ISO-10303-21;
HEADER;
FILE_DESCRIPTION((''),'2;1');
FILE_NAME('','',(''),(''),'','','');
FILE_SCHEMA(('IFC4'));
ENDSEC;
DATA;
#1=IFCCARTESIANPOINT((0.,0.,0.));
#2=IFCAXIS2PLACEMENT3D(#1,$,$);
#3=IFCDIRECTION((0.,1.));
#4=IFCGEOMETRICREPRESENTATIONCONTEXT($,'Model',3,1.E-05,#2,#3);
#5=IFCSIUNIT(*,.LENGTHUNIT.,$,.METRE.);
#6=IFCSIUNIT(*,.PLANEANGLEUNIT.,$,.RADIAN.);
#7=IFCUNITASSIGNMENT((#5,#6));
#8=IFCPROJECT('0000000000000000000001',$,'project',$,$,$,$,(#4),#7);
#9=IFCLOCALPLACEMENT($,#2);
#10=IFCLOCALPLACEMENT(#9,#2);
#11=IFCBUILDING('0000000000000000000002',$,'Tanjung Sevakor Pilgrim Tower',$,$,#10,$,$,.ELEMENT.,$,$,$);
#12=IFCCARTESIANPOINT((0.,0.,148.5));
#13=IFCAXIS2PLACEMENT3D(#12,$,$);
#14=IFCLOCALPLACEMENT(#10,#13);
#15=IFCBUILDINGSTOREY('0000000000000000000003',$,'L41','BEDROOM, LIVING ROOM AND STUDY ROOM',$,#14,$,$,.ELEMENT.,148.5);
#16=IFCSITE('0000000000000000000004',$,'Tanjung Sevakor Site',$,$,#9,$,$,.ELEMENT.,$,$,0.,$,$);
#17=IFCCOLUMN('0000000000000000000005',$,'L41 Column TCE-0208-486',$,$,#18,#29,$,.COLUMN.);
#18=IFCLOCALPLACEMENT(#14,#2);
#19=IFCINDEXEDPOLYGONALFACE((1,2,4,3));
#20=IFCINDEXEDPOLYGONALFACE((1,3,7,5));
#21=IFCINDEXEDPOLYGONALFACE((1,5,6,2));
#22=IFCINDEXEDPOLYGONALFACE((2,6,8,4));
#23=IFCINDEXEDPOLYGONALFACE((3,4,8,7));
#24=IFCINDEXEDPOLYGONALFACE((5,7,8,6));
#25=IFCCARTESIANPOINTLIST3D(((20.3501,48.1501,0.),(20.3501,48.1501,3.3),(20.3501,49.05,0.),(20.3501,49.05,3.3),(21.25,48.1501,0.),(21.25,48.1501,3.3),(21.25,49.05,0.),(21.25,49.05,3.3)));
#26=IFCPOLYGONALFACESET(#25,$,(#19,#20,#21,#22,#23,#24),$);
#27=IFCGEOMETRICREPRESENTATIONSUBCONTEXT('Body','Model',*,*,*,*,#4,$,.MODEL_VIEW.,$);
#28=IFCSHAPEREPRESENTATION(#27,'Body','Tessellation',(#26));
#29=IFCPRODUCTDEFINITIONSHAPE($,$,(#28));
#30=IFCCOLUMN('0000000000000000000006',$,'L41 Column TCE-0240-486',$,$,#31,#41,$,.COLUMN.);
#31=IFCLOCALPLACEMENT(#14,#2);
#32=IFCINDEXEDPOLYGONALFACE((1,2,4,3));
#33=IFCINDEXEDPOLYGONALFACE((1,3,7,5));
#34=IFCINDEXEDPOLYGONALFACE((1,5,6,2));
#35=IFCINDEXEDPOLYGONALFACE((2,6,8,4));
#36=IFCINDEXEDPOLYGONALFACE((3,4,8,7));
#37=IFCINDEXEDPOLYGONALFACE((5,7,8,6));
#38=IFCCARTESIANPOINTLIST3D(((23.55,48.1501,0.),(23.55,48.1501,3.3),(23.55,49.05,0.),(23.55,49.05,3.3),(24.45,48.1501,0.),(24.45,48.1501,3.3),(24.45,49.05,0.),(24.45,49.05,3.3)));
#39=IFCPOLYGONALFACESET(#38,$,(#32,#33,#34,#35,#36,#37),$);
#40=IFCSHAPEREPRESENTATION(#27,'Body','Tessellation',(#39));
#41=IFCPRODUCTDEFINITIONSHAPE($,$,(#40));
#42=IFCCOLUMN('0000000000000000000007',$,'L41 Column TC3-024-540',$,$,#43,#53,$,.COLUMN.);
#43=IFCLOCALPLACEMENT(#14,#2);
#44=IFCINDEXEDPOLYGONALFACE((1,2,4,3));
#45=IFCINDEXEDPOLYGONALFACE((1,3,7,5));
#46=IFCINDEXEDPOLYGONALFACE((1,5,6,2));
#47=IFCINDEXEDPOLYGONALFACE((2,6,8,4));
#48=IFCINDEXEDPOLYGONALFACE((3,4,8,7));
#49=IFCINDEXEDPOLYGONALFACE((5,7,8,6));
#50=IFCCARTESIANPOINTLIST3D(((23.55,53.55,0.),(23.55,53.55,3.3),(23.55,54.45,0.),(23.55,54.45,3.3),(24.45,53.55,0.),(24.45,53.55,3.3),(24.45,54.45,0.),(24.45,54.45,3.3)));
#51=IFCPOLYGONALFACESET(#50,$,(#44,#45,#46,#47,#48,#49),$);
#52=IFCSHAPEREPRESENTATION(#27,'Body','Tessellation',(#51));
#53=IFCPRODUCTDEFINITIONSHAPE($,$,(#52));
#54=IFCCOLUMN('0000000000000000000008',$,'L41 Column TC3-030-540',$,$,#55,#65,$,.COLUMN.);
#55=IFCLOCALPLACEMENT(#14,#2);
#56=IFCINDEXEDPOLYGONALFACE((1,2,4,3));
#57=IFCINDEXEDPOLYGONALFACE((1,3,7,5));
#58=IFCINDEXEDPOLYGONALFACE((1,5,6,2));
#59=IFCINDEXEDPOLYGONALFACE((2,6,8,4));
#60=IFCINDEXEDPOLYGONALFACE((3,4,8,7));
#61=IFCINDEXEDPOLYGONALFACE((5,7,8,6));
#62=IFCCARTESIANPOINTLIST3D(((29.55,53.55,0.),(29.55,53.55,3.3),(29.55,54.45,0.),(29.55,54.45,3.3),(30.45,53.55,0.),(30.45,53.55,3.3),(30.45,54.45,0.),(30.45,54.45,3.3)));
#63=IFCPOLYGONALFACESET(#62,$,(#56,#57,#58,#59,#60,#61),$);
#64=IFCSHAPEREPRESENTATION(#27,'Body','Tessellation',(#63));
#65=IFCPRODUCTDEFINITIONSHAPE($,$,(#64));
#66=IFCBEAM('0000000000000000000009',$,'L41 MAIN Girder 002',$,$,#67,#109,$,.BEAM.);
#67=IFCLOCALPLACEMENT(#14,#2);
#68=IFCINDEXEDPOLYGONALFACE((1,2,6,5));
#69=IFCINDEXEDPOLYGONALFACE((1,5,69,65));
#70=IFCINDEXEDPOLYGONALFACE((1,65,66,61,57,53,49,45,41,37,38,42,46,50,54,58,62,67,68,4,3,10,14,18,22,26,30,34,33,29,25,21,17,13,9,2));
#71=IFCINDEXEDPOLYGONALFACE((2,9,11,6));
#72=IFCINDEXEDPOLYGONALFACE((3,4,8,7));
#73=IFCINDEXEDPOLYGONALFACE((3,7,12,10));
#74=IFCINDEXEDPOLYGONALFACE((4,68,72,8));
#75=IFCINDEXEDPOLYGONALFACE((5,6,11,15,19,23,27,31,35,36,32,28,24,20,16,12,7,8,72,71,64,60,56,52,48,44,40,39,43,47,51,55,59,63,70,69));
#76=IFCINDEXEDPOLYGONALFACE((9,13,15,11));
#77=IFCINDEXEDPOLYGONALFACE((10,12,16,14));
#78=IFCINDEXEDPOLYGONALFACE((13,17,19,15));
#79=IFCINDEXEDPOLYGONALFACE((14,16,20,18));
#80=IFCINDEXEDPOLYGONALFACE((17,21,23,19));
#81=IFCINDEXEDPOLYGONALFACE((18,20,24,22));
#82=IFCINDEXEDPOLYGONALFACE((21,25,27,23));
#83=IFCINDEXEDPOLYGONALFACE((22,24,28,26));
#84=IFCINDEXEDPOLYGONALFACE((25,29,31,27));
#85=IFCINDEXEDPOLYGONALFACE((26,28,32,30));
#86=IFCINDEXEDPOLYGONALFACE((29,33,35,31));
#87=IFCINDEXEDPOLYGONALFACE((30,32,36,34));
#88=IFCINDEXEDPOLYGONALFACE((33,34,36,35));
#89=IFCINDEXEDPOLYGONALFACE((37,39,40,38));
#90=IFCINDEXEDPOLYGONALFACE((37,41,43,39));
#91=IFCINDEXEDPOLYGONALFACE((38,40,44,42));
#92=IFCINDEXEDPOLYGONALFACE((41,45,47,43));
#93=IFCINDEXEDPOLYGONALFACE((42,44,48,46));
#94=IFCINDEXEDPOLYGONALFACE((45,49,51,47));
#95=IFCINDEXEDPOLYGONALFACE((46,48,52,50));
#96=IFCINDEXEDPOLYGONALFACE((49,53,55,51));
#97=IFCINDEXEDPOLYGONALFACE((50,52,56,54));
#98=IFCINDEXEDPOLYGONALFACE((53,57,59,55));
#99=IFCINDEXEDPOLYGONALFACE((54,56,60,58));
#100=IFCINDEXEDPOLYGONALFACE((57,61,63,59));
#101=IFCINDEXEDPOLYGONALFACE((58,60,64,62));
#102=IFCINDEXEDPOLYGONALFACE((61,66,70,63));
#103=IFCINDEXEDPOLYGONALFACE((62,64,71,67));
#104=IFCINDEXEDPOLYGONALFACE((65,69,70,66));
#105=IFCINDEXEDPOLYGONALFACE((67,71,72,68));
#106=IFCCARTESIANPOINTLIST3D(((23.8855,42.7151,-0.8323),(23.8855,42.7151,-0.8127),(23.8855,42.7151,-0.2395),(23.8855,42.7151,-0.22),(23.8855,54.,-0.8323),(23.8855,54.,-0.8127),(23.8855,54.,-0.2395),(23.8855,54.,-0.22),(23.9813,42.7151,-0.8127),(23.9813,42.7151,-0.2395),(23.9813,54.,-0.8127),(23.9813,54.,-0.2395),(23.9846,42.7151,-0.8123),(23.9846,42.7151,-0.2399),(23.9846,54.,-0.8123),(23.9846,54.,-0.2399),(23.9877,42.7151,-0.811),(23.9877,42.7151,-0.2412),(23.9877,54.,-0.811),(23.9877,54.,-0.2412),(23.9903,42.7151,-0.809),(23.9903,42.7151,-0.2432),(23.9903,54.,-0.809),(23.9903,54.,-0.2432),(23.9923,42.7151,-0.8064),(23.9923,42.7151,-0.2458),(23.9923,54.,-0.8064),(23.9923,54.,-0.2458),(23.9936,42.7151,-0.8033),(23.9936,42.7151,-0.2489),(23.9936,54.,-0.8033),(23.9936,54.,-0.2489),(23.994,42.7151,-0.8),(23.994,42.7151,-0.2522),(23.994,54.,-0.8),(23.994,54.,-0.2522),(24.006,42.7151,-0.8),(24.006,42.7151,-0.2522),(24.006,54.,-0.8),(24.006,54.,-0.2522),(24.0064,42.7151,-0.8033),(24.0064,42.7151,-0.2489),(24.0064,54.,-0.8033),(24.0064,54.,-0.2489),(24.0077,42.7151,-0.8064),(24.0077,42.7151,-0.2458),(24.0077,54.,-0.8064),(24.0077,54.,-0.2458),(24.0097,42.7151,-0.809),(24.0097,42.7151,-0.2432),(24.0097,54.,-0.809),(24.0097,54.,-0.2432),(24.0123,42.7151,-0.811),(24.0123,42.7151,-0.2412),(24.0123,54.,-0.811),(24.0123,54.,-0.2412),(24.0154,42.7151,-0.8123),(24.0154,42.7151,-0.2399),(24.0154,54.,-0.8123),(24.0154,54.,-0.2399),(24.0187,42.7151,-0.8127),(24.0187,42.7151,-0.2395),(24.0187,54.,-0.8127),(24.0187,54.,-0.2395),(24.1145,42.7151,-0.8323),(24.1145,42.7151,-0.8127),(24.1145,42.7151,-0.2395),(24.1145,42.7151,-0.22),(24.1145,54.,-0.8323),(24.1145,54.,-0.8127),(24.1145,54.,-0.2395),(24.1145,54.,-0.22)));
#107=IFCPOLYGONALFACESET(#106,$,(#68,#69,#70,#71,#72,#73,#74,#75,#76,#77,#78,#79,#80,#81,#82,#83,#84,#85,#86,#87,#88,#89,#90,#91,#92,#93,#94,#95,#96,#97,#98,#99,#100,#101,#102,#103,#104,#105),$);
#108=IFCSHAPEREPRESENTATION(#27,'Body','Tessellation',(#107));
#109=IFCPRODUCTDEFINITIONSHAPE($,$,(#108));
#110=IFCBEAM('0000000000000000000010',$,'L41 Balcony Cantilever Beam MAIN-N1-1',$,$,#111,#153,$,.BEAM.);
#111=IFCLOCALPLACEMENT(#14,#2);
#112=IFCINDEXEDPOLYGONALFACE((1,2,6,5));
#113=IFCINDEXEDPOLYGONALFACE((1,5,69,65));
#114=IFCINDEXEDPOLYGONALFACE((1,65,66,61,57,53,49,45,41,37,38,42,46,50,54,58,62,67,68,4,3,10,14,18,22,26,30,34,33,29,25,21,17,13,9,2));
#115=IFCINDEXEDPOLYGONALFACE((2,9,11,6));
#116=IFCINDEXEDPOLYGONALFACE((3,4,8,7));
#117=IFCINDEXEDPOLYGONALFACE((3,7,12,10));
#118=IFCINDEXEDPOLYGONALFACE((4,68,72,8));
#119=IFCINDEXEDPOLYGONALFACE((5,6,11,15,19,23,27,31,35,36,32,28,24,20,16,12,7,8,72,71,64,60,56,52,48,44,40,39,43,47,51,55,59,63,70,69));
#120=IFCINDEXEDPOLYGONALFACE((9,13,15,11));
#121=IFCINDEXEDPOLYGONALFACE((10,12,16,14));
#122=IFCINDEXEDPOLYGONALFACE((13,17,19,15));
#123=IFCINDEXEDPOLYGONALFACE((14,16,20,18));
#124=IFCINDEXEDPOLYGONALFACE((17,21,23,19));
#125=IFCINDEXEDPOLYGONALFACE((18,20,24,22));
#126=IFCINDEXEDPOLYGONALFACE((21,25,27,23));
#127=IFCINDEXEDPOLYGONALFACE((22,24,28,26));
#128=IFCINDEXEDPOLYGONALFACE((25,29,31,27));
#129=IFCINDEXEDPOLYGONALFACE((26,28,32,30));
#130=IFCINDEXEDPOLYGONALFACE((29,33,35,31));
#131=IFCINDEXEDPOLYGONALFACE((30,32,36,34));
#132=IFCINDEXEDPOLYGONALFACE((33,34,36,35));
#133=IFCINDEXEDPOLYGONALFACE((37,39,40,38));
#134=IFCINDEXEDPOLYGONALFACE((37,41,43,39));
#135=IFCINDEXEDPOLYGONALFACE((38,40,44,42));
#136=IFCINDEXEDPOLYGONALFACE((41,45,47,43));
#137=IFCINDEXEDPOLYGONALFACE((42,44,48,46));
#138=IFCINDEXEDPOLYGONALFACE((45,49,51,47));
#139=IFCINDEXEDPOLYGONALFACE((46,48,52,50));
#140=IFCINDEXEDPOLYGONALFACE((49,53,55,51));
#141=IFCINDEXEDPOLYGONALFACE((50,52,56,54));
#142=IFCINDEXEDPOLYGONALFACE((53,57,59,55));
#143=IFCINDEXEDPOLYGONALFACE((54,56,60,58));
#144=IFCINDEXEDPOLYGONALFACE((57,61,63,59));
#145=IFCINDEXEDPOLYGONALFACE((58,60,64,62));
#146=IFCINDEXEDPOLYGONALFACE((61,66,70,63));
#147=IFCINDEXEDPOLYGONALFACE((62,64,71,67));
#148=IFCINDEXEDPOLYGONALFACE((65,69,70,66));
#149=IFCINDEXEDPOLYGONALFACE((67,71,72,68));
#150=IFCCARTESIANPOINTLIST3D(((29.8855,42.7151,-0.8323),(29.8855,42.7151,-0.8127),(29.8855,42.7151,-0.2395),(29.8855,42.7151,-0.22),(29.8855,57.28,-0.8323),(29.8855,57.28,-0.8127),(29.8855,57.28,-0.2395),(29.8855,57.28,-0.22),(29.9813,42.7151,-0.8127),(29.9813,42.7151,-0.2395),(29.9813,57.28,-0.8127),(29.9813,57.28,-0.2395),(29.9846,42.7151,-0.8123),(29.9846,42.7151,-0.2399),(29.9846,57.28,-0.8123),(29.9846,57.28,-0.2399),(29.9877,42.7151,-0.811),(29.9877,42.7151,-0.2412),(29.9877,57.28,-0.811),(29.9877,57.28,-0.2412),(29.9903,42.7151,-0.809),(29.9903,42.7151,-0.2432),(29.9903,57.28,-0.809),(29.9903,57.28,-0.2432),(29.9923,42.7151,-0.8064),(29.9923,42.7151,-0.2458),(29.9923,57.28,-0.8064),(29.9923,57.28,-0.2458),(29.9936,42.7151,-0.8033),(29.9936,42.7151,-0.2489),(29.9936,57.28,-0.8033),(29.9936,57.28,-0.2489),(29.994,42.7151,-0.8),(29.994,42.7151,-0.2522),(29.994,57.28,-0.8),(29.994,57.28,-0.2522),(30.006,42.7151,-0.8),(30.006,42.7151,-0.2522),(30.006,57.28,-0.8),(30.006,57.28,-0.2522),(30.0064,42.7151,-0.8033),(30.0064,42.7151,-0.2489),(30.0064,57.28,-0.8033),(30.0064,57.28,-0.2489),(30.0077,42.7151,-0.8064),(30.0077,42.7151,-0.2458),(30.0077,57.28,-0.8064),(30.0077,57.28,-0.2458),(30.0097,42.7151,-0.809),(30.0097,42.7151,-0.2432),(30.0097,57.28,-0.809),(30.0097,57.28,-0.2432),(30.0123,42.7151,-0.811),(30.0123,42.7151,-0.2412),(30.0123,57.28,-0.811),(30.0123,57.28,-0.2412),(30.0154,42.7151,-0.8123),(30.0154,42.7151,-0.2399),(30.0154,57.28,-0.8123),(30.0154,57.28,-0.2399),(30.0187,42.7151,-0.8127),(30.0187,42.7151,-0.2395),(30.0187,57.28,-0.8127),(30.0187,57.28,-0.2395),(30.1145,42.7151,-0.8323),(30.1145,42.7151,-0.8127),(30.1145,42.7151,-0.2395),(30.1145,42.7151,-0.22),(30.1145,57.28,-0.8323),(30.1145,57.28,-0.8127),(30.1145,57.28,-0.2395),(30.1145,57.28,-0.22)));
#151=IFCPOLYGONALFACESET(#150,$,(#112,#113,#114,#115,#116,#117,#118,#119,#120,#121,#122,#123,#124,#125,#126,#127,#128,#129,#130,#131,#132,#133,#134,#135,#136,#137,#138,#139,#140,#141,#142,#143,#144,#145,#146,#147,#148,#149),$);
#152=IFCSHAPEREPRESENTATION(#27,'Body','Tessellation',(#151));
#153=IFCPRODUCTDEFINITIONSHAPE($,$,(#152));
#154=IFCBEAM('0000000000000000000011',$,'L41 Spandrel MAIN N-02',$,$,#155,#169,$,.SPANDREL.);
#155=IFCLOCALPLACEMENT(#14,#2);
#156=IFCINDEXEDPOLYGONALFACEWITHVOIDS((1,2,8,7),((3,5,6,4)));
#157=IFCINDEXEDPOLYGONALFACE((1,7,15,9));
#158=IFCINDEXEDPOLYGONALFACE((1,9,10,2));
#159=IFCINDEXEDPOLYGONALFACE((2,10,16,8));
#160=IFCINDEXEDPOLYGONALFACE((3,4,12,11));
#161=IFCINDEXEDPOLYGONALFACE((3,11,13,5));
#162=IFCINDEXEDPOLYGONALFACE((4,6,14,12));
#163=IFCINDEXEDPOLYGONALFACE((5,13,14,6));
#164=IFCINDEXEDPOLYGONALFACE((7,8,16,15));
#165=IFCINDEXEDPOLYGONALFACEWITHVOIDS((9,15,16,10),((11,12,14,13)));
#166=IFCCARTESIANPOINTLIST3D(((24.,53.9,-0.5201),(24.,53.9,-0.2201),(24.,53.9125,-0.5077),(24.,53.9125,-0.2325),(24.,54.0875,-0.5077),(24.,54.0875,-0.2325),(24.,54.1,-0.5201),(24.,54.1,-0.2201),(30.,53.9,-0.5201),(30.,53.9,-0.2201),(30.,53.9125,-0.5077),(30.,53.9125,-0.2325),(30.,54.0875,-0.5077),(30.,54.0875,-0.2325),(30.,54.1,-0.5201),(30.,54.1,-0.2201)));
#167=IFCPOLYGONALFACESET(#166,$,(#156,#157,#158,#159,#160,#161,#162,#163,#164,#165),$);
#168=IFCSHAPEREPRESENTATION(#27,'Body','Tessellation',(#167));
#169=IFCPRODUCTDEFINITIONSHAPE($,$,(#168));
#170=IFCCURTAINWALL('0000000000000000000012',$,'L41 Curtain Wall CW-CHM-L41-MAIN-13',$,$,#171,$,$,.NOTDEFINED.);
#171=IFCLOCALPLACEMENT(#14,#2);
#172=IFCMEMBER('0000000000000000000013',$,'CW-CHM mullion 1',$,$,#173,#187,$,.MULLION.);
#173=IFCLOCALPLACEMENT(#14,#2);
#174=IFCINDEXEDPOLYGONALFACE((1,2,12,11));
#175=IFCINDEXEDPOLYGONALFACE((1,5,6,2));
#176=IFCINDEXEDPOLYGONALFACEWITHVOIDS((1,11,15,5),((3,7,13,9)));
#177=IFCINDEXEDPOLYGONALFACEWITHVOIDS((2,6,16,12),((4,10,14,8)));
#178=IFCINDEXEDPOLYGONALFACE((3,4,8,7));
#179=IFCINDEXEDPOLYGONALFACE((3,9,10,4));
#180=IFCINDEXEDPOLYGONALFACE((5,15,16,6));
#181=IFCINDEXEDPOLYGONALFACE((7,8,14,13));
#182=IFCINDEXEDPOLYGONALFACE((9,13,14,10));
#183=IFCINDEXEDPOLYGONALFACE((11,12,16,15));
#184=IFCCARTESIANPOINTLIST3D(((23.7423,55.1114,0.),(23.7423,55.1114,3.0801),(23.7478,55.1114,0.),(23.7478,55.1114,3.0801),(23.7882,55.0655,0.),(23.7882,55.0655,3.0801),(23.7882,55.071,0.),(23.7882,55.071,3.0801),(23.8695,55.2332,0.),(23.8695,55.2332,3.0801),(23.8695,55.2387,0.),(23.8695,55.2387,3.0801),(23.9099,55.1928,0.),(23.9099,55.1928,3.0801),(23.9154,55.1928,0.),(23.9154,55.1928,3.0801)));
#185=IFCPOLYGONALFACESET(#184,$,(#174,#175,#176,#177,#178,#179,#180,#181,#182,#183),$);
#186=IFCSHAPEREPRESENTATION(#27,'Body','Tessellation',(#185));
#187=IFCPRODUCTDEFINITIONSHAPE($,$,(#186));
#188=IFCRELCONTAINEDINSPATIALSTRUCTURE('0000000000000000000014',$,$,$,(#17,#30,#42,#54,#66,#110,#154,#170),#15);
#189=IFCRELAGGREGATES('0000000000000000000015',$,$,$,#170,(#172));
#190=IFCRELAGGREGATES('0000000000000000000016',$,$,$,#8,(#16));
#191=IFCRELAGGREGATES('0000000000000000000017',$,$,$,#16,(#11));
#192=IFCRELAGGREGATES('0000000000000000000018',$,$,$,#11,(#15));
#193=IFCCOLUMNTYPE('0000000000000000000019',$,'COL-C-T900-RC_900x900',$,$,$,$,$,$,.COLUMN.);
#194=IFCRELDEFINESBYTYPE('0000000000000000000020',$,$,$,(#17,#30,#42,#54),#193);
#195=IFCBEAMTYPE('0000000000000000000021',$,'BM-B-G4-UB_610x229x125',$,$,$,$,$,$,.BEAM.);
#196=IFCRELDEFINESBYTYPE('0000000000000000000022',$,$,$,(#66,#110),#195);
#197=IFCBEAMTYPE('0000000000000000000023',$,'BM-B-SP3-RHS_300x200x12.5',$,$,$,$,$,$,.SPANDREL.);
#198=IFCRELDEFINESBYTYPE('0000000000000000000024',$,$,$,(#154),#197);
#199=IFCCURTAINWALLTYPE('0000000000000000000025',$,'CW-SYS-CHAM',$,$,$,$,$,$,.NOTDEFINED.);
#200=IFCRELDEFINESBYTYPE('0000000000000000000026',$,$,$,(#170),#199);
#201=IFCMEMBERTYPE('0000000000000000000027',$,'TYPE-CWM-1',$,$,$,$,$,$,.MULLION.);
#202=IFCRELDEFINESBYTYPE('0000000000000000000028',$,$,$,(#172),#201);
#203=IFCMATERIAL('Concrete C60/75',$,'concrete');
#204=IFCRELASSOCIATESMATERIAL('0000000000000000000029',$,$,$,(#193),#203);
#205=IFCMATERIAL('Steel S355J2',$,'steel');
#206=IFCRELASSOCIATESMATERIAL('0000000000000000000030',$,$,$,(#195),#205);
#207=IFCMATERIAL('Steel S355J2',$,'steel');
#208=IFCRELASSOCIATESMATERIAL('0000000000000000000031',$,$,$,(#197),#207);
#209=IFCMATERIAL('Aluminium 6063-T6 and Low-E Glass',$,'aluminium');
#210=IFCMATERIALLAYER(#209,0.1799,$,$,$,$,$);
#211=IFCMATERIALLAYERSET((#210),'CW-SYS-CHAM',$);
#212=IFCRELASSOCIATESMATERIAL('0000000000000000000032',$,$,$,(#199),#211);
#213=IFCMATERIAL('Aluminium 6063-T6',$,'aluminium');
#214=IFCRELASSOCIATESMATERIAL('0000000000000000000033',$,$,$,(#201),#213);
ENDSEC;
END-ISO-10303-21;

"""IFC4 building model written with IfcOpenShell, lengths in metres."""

from ifc_helpers import new_model, si_unit, direction, frame, origin, origin_2d, place, context, subcontext, project, spatial, rectangle, hollow_rectangle, i_section, extrude, material, layer, layer_set, material_profile, profile_set, type_object, element, aggregate, save


model = new_model("IFC4")

# Units and contexts
model_context = context("Model", 3, precision=1e-05, world=origin(), true_north=direction((0.0, 1.0)))
body_context = subcontext(model_context, "Body", "Model", "MODEL_VIEW")
ifc_project = project(units=[si_unit("LENGTHUNIT", "METRE"), si_unit("PLANEANGLEUNIT", "RADIAN")], contexts=[model_context])

# Site, building, storey
site_placement = place(None, origin())
site = spatial("IfcSite", under=ifc_project, at=site_placement, Name="Tanjung Sevakor Site", CompositionType="ELEMENT", RefElevation=0.0)
building_placement = place(site_placement, origin())
building = spatial("IfcBuilding", under=site, at=building_placement, Name="Tanjung Sevakor Pilgrim Tower", CompositionType="ELEMENT")
storey_placement = place(building_placement, frame((0.0, 0.0, 148.5)))
storey = spatial("IfcBuildingStorey", under=building, at=storey_placement, Name="L41", Description="BEDROOM, LIVING ROOM AND STUDY ROOM", CompositionType="ELEMENT", Elevation=148.5)

# Columns
ifc_material_1 = material(Name="Concrete C60/75", Category="concrete")
ifc_material_profile_1 = material_profile(ifc_material_1, rectangle(XDim=0.8999, YDim=0.8999, at=origin_2d()))
ifc_profile_set_1 = profile_set([ifc_material_profile_1], Name="Concrete C60/75")
column_type = type_object("IfcColumnType", Name="COL-C-T900-RC_900x900", PredefinedType="COLUMN", material=ifc_profile_set_1)
for number, where, z_axis, x_axis, name in (
    (1, (20.8, 48.6001, 0.0), (0.0, 0.0, 1.0), (1.0, 0.0, 0.0), "L41 Column TCE-0208-486"),
    (2, (24.0, 48.6001, 0.0), (0.0, 0.0, 1.0), (1.0, 0.0, 0.0), "L41 Column TCE-0240-486"),
    (3, (24.0, 54.0, 0.0), (0.0, 0.0, 1.0), (1.0, 0.0, 0.0), "L41 Column TC3-024-540"),
    (4, (30.0, 54.0, 0.0), (0.0, 0.0, 1.0), (1.0, 0.0, 0.0), "L41 Column TC3-030-540"),
):
    element("IfcColumn", number, at=place(storey_placement, frame(where, z_axis=z_axis, x_axis=x_axis)), inside=storey, type_object=column_type, Name=name, PredefinedType="COLUMN", context=body_context, shape_type="SweptSolid", body=[
        extrude(rectangle(XDim=0.8999, YDim=0.8999, at=origin_2d()), origin(), (0.0, 0.0, 1.0), 3.3),
    ])

# Beams
ifc_material_2 = material(Name="Steel S355J2", Category="steel")
ifc_material_profile_2 = material_profile(ifc_material_2, i_section(OverallWidth=0.229, OverallDepth=0.6123, WebThickness=0.012, FlangeThickness=0.0195, FilletRadius=0.0127, at=origin_2d()))
ifc_profile_set_2 = profile_set([ifc_material_profile_2], Name="Steel S355J2")
beam_type_1 = type_object("IfcBeamType", Name="BM-B-G4-UB_610x229x125", PredefinedType="BEAM", material=ifc_profile_set_2)
beam_1_placement = place(storey_placement, frame((24.0, 42.7151, -0.5261), z_axis=(0.0, 1.0, 0.0), x_axis=(-1.0, 0.0, 0.0)))
element("IfcBeam", 5, at=beam_1_placement, inside=storey, type_object=beam_type_1, Name="L41 MAIN Girder 002", PredefinedType="BEAM", context=body_context, shape_type="SweptSolid", body=[
    extrude(i_section(OverallWidth=0.229, OverallDepth=0.6123, WebThickness=0.012, FlangeThickness=0.0195, FilletRadius=0.0127, at=origin_2d()), origin(), (0.0, 0.0, 1.0), 11.2849),
])
beam_2_placement = place(storey_placement, frame((30.0, 42.7151, -0.5261), z_axis=(0.0, 1.0, 0.0), x_axis=(-1.0, 0.0, 0.0)))
element("IfcBeam", 6, at=beam_2_placement, inside=storey, type_object=beam_type_1, Name="L41 Balcony Cantilever Beam MAIN-N1-1", PredefinedType="BEAM", context=body_context, shape_type="SweptSolid", body=[
    extrude(i_section(OverallWidth=0.229, OverallDepth=0.6123, WebThickness=0.012, FlangeThickness=0.0195, FilletRadius=0.0127, at=origin_2d()), origin(), (0.0, 0.0, 1.0), 14.5649),
])
ifc_material_3 = material(Name="Steel S355J2", Category="steel")
ifc_material_profile_3 = material_profile(ifc_material_3, hollow_rectangle(XDim=0.2, YDim=0.3, WallThickness=0.0125, at=origin_2d()))
ifc_profile_set_3 = profile_set([ifc_material_profile_3], Name="Steel S355J2")
beam_type_2 = type_object("IfcBeamType", Name="BM-B-SP3-RHS_300x200x12.5", PredefinedType="SPANDREL", material=ifc_profile_set_3)
beam_3_placement = place(storey_placement, frame((24.0, 54.0, -0.3701), z_axis=(1.0, 0.0, 0.0), x_axis=(0.0, 1.0, 0.0)))
element("IfcBeam", 7, at=beam_3_placement, inside=storey, type_object=beam_type_2, Name="L41 Spandrel MAIN N-02", PredefinedType="SPANDREL", context=body_context, shape_type="SweptSolid", body=[
    extrude(hollow_rectangle(XDim=0.2, YDim=0.3, WallThickness=0.0125, at=origin_2d()), origin(), (0.0, 0.0, 1.0), 6.0),
])

# Curtain wall, member
ifc_material_4 = material(Name="Aluminium 6063-T6 and Low-E Glass", Category="aluminium")
ifc_layer_1 = layer(ifc_material_4, 0.1799)
ifc_layer_set_1 = layer_set([ifc_layer_1], Name="CW-SYS-CHAM")
curtain_wall_type = type_object("IfcCurtainWallType", Name="CW-SYS-CHAM", PredefinedType="NOTDEFINED", material=ifc_layer_set_1)
curtain_wall_placement = place(storey_placement, origin())
curtain_wall = element("IfcCurtainWall", 8, at=curtain_wall_placement, inside=storey, type_object=curtain_wall_type, Name="L41 Curtain Wall CW-CHM-L41-MAIN-13", PredefinedType="NOTDEFINED")
ifc_material_5 = material(Name="Aluminium 6063-T6", Category="aluminium")
ifc_material_profile_4 = material_profile(ifc_material_5, hollow_rectangle(XDim=0.0649, YDim=0.1799, WallThickness=0.0039, at=origin_2d()))
ifc_profile_set_4 = profile_set([ifc_material_profile_4], Name="Aluminium 6063-T6")
member_type_1 = type_object("IfcMemberType", Name="TYPE-CWM-1", PredefinedType="MULLION", material=ifc_profile_set_4)
member_1_placement = place(storey_placement, frame((23.8289, 55.1521, 0.0), z_axis=(0.0, 0.0, 1.0), x_axis=(0.707107, -0.707107, 0.0)))
member_1 = element("IfcMember", 9, at=member_1_placement, type_object=member_type_1, Name="CW-CHM mullion 1", PredefinedType="MULLION", context=body_context, shape_type="SweptSolid", body=[
    extrude(hollow_rectangle(XDim=0.0649, YDim=0.1799, WallThickness=0.0039, at=origin_2d()), origin(), (0.0, 0.0, 1.0), 3.0801),
])
aggregate(curtain_wall, [member_1])

save(model, "model.ifc")
